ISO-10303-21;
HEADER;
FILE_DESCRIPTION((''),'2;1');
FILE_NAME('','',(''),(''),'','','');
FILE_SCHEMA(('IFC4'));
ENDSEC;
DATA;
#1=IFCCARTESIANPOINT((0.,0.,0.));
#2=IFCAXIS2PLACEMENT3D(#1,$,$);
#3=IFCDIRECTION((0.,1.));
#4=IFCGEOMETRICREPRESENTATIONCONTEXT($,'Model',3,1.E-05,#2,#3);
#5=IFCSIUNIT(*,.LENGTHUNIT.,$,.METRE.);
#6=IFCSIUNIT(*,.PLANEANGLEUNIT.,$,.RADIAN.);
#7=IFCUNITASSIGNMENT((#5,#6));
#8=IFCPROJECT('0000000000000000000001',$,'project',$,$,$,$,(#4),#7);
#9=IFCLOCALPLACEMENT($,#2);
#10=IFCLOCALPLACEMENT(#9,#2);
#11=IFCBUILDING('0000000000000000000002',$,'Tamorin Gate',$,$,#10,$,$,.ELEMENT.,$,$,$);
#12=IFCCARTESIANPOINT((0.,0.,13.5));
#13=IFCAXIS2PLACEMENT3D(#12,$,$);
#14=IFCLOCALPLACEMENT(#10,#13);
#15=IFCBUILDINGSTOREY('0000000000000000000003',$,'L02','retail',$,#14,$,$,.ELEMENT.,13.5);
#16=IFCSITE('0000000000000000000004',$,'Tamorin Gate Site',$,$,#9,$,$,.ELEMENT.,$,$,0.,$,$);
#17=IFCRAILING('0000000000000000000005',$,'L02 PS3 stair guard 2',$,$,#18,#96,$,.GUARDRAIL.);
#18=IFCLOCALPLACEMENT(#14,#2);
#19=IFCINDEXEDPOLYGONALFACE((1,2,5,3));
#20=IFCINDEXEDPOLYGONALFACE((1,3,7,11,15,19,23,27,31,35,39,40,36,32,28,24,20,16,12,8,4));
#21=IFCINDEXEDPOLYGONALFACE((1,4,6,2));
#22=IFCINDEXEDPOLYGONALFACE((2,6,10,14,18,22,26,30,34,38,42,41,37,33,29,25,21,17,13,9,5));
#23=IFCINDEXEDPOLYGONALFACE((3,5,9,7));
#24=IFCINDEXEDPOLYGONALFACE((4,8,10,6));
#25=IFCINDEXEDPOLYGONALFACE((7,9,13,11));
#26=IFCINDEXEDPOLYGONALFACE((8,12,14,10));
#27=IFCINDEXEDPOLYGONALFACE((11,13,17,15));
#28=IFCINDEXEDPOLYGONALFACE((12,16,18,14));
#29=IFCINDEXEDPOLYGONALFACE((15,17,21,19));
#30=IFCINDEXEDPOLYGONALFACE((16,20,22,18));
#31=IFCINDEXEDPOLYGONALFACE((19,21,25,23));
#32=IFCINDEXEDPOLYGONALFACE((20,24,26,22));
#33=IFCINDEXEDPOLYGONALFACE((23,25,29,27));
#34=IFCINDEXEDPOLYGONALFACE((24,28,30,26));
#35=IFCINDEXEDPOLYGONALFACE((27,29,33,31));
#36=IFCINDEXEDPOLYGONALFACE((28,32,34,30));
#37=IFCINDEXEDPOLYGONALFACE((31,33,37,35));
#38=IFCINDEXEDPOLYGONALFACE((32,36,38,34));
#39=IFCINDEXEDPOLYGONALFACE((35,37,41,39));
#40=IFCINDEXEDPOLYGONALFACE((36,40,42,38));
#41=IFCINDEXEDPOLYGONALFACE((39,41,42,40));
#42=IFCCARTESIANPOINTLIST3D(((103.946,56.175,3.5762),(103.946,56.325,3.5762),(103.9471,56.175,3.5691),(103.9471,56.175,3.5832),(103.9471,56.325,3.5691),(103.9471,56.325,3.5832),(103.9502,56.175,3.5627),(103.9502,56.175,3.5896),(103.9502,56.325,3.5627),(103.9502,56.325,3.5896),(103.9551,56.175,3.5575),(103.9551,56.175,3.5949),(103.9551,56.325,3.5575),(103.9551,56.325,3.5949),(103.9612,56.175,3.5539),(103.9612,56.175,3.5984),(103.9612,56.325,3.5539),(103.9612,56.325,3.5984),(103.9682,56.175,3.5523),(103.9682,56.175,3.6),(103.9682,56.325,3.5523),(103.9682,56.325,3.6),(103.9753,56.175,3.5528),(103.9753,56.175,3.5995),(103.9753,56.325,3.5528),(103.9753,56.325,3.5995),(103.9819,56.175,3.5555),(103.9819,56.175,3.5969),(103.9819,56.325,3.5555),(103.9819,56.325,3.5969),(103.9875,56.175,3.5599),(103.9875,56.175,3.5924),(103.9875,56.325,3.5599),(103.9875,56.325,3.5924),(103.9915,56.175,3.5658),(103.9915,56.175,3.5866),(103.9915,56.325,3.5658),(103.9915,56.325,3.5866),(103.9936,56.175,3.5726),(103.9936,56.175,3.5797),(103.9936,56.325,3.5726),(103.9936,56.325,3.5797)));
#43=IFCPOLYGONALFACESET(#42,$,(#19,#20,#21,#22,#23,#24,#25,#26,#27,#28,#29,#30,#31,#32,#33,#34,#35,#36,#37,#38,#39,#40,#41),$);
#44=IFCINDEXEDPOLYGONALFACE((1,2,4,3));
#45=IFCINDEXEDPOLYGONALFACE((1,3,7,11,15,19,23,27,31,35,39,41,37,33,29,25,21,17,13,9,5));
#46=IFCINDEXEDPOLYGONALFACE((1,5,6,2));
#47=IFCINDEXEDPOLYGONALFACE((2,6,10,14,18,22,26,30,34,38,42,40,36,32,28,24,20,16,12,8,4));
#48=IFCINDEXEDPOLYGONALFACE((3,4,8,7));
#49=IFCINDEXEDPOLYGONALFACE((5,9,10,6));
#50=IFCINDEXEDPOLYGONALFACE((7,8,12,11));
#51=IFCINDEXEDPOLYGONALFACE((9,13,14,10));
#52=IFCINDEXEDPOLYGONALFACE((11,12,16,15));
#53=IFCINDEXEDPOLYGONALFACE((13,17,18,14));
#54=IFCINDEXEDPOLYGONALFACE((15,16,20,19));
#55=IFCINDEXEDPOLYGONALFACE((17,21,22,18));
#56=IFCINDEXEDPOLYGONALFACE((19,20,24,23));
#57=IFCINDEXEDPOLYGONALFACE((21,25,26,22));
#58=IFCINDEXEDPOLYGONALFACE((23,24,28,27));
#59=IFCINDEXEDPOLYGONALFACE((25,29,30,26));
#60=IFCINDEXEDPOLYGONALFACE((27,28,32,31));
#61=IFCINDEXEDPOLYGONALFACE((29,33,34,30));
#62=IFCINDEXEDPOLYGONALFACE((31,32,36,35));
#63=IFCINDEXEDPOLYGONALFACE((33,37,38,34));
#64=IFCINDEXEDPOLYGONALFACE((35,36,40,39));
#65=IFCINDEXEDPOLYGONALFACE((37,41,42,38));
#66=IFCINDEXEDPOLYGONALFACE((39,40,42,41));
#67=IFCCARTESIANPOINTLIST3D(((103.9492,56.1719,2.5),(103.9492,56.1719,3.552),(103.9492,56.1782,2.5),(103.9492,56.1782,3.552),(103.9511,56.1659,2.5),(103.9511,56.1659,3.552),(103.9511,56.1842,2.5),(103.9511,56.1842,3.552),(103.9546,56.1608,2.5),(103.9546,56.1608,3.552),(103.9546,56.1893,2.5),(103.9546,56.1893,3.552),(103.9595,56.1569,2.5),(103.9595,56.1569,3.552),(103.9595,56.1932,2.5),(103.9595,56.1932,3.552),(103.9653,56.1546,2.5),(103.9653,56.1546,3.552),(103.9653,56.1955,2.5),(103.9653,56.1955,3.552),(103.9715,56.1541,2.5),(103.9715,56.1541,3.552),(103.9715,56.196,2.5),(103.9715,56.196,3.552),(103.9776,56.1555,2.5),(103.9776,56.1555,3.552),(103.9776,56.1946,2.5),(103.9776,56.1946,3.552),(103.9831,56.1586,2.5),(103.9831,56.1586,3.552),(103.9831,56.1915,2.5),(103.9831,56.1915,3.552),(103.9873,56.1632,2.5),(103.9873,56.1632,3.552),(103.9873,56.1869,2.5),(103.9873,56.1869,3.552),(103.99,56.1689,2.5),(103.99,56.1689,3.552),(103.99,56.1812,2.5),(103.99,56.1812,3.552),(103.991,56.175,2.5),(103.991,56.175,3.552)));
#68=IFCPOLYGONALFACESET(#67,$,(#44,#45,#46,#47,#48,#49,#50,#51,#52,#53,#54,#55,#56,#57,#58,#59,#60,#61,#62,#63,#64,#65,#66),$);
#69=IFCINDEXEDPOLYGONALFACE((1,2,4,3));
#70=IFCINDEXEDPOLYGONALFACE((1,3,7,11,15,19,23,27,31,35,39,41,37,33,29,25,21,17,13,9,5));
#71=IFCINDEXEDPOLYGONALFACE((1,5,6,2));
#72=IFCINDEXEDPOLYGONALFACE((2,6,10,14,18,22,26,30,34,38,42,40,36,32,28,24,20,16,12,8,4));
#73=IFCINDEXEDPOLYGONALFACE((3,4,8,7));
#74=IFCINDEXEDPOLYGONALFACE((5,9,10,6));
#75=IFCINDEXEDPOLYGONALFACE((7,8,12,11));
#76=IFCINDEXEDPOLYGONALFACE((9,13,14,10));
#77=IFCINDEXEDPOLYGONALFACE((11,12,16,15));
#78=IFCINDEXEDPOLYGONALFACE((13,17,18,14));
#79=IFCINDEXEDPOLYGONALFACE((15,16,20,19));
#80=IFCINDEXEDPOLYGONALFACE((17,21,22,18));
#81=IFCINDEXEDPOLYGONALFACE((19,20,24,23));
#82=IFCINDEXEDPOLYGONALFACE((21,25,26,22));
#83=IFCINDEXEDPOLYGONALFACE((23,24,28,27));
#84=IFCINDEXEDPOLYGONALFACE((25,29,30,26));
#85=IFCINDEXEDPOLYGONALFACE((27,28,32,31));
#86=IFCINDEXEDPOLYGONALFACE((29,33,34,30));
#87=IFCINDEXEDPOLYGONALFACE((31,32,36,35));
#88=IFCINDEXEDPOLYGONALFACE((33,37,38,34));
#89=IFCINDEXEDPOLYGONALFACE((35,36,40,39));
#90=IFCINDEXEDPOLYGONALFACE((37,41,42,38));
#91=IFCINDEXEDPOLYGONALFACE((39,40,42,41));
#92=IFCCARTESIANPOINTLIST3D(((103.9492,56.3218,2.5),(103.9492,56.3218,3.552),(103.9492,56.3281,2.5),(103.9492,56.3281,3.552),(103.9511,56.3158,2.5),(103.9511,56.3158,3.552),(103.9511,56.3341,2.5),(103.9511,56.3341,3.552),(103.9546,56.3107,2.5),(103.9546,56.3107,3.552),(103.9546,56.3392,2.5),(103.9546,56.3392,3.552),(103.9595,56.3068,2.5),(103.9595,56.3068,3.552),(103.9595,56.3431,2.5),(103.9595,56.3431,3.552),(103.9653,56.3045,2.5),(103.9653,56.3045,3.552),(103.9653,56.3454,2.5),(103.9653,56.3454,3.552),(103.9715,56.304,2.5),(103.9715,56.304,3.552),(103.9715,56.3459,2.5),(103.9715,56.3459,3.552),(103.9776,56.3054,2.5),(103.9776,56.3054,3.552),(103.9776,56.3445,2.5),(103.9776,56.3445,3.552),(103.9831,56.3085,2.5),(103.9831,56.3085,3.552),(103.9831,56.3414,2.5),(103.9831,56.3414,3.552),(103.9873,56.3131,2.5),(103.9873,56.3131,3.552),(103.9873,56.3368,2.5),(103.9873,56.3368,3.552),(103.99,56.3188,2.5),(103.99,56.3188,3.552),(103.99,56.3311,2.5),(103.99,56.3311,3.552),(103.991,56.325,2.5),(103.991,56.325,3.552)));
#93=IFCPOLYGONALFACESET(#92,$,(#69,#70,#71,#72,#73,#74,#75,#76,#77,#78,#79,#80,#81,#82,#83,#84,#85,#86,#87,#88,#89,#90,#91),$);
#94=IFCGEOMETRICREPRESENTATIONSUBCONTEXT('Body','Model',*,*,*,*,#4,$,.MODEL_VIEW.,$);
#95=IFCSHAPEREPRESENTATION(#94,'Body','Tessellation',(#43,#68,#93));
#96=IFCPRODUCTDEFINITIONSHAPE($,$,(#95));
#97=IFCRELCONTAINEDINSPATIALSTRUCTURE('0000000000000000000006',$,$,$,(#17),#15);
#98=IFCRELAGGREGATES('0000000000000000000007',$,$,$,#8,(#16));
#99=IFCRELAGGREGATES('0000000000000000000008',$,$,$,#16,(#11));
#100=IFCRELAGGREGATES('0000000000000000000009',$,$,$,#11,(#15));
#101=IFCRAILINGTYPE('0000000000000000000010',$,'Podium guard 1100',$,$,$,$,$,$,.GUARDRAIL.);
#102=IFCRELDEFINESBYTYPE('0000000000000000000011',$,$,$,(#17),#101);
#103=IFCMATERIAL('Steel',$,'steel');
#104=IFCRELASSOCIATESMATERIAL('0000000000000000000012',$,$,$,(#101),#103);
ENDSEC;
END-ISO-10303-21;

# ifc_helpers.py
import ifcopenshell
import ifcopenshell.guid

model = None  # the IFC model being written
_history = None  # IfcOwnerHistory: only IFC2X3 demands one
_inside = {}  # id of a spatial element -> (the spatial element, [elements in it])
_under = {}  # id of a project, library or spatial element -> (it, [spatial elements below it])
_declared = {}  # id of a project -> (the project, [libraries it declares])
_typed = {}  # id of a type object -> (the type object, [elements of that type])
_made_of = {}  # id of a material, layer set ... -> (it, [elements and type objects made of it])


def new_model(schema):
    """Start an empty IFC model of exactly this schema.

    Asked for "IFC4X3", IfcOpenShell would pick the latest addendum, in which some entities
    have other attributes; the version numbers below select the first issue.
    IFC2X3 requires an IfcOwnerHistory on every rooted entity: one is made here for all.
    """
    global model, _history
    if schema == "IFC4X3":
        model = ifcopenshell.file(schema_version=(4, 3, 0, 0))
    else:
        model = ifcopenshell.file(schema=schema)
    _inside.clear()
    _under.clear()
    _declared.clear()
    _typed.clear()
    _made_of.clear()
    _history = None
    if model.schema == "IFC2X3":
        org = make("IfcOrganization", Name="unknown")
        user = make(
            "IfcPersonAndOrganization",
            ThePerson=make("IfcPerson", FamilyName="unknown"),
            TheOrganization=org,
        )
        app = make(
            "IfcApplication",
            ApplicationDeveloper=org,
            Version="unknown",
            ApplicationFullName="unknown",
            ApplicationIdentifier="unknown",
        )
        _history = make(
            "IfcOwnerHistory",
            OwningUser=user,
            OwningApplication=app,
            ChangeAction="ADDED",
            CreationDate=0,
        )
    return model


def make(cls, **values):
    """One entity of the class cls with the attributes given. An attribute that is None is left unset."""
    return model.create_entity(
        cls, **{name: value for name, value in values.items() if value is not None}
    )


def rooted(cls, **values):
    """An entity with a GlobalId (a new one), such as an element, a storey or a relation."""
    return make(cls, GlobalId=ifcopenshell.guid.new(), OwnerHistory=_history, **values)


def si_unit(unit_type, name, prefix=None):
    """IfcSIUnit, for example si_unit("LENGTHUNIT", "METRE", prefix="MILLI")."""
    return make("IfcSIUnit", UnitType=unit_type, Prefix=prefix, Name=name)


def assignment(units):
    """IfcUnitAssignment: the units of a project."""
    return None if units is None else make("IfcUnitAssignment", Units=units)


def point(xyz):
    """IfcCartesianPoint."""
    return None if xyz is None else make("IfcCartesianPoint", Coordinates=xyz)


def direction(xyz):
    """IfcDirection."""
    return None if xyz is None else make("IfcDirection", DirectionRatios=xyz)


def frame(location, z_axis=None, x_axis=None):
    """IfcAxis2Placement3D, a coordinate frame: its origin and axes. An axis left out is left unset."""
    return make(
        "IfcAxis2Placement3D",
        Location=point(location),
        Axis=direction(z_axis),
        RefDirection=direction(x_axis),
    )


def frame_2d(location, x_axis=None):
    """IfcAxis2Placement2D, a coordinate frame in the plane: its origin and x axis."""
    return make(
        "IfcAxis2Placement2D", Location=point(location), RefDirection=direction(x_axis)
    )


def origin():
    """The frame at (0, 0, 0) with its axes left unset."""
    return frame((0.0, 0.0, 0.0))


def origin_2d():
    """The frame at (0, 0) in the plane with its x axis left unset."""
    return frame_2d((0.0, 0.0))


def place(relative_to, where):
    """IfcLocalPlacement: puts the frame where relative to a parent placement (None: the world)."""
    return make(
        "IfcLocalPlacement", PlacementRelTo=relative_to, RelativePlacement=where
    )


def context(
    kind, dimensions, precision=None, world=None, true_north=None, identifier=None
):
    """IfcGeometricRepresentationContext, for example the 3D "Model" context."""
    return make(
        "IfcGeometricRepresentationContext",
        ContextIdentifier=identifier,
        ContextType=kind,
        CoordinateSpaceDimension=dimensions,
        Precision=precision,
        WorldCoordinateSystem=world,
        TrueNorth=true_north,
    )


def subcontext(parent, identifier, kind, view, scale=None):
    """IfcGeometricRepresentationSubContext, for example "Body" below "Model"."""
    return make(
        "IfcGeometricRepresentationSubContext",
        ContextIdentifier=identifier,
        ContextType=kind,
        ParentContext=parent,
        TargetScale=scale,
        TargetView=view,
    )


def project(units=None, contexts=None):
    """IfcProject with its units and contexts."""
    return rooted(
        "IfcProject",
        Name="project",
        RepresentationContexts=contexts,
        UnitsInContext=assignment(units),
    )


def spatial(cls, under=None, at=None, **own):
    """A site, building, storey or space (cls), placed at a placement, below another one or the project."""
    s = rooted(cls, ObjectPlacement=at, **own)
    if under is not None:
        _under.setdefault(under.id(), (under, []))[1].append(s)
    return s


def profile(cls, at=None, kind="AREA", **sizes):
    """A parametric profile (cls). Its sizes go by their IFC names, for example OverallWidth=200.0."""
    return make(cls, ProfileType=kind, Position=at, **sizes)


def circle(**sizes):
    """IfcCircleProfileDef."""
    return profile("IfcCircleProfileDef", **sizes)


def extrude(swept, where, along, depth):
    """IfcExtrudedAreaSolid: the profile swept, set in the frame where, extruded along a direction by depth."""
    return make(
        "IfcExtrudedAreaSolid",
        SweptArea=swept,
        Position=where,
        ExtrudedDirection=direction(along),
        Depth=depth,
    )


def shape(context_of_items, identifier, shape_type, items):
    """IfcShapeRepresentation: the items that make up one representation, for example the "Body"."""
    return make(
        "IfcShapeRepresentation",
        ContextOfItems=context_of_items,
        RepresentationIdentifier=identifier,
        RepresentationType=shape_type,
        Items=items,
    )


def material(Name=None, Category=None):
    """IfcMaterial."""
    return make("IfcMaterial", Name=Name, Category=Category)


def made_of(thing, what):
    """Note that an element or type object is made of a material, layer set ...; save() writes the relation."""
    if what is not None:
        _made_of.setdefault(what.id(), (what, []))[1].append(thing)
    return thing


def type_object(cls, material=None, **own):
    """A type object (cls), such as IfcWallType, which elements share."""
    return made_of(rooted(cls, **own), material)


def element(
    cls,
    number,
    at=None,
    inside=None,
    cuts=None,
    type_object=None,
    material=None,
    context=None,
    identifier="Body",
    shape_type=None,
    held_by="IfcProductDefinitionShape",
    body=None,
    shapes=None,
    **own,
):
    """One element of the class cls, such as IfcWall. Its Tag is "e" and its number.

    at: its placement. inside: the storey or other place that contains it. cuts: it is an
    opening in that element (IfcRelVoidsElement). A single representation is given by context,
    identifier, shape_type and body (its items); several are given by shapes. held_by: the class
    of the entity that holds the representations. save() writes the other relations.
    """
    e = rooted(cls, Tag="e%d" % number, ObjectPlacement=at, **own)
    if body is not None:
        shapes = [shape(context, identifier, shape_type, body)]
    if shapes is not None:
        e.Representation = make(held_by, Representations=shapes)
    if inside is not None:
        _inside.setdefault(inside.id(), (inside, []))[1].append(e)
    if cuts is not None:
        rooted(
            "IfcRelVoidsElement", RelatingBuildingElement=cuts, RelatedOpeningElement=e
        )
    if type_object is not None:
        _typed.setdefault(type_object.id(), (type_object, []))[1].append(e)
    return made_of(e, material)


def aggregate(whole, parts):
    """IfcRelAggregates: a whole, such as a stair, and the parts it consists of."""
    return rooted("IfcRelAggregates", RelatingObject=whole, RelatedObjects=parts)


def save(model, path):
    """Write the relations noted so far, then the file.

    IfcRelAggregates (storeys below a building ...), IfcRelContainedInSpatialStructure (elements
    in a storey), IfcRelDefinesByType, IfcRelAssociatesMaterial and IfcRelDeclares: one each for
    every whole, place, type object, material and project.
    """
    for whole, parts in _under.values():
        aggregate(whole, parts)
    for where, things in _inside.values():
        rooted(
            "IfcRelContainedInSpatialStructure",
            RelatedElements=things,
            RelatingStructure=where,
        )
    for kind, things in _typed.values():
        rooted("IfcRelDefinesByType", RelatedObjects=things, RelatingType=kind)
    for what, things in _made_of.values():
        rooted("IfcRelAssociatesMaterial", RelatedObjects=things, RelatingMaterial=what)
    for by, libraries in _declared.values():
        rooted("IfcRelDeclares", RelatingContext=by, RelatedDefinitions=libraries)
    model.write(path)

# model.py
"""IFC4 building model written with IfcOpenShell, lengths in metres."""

from ifc_helpers import new_model, si_unit, direction, frame, origin, origin_2d, place, context, subcontext, project, spatial, circle, extrude, material, type_object, element, save


model = new_model("IFC4")

# Units and contexts
model_context = context("Model", 3, precision=1e-05, world=origin(), true_north=direction((0.0, 1.0)))
body_context = subcontext(model_context, "Body", "Model", "MODEL_VIEW")
ifc_project = project(units=[si_unit("LENGTHUNIT", "METRE"), si_unit("PLANEANGLEUNIT", "RADIAN")], contexts=[model_context])

# Site, building, storey
site_placement = place(None, origin())
site = spatial("IfcSite", under=ifc_project, at=site_placement, Name="Tamorin Gate Site", CompositionType="ELEMENT", RefElevation=0.0)
building_placement = place(site_placement, origin())
building = spatial("IfcBuilding", under=site, at=building_placement, Name="Tamorin Gate", CompositionType="ELEMENT")
storey_placement = place(building_placement, frame((0.0, 0.0, 13.5)))
storey = spatial("IfcBuildingStorey", under=building, at=storey_placement, Name="L02", Description="retail", CompositionType="ELEMENT", Elevation=13.5)

# Railing
ifc_material_1 = material(Name="Steel", Category="steel")
railing_type_1 = type_object("IfcRailingType", Name="Podium guard 1100", PredefinedType="GUARDRAIL", material=ifc_material_1)
railing_1_placement = place(storey_placement, frame((103.97, 56.175, 2.5)))
element("IfcRailing", 1, at=railing_1_placement, inside=storey, type_object=railing_type_1, Name="L02 PS3 stair guard 2", PredefinedType="GUARDRAIL", context=body_context, shape_type="SweptSolid", body=[
    extrude(circle(Radius=0.0239, at=origin_2d()), frame((0.0, 0.0, 1.0762), z_axis=(0.0, 1.0, 0.0), x_axis=(-1.0, 0.0, 0.0)), (0.0, 0.0, 1.0), 0.1499),
    extrude(circle(Radius=0.021, at=origin_2d()), origin(), (0.0, 0.0, 1.0), 1.052),
    extrude(circle(Radius=0.021, at=origin_2d()), frame((0.0, 0.1499, 0.0)), (0.0, 0.0, 1.0), 1.052),
])

save(model, "model.ifc")
